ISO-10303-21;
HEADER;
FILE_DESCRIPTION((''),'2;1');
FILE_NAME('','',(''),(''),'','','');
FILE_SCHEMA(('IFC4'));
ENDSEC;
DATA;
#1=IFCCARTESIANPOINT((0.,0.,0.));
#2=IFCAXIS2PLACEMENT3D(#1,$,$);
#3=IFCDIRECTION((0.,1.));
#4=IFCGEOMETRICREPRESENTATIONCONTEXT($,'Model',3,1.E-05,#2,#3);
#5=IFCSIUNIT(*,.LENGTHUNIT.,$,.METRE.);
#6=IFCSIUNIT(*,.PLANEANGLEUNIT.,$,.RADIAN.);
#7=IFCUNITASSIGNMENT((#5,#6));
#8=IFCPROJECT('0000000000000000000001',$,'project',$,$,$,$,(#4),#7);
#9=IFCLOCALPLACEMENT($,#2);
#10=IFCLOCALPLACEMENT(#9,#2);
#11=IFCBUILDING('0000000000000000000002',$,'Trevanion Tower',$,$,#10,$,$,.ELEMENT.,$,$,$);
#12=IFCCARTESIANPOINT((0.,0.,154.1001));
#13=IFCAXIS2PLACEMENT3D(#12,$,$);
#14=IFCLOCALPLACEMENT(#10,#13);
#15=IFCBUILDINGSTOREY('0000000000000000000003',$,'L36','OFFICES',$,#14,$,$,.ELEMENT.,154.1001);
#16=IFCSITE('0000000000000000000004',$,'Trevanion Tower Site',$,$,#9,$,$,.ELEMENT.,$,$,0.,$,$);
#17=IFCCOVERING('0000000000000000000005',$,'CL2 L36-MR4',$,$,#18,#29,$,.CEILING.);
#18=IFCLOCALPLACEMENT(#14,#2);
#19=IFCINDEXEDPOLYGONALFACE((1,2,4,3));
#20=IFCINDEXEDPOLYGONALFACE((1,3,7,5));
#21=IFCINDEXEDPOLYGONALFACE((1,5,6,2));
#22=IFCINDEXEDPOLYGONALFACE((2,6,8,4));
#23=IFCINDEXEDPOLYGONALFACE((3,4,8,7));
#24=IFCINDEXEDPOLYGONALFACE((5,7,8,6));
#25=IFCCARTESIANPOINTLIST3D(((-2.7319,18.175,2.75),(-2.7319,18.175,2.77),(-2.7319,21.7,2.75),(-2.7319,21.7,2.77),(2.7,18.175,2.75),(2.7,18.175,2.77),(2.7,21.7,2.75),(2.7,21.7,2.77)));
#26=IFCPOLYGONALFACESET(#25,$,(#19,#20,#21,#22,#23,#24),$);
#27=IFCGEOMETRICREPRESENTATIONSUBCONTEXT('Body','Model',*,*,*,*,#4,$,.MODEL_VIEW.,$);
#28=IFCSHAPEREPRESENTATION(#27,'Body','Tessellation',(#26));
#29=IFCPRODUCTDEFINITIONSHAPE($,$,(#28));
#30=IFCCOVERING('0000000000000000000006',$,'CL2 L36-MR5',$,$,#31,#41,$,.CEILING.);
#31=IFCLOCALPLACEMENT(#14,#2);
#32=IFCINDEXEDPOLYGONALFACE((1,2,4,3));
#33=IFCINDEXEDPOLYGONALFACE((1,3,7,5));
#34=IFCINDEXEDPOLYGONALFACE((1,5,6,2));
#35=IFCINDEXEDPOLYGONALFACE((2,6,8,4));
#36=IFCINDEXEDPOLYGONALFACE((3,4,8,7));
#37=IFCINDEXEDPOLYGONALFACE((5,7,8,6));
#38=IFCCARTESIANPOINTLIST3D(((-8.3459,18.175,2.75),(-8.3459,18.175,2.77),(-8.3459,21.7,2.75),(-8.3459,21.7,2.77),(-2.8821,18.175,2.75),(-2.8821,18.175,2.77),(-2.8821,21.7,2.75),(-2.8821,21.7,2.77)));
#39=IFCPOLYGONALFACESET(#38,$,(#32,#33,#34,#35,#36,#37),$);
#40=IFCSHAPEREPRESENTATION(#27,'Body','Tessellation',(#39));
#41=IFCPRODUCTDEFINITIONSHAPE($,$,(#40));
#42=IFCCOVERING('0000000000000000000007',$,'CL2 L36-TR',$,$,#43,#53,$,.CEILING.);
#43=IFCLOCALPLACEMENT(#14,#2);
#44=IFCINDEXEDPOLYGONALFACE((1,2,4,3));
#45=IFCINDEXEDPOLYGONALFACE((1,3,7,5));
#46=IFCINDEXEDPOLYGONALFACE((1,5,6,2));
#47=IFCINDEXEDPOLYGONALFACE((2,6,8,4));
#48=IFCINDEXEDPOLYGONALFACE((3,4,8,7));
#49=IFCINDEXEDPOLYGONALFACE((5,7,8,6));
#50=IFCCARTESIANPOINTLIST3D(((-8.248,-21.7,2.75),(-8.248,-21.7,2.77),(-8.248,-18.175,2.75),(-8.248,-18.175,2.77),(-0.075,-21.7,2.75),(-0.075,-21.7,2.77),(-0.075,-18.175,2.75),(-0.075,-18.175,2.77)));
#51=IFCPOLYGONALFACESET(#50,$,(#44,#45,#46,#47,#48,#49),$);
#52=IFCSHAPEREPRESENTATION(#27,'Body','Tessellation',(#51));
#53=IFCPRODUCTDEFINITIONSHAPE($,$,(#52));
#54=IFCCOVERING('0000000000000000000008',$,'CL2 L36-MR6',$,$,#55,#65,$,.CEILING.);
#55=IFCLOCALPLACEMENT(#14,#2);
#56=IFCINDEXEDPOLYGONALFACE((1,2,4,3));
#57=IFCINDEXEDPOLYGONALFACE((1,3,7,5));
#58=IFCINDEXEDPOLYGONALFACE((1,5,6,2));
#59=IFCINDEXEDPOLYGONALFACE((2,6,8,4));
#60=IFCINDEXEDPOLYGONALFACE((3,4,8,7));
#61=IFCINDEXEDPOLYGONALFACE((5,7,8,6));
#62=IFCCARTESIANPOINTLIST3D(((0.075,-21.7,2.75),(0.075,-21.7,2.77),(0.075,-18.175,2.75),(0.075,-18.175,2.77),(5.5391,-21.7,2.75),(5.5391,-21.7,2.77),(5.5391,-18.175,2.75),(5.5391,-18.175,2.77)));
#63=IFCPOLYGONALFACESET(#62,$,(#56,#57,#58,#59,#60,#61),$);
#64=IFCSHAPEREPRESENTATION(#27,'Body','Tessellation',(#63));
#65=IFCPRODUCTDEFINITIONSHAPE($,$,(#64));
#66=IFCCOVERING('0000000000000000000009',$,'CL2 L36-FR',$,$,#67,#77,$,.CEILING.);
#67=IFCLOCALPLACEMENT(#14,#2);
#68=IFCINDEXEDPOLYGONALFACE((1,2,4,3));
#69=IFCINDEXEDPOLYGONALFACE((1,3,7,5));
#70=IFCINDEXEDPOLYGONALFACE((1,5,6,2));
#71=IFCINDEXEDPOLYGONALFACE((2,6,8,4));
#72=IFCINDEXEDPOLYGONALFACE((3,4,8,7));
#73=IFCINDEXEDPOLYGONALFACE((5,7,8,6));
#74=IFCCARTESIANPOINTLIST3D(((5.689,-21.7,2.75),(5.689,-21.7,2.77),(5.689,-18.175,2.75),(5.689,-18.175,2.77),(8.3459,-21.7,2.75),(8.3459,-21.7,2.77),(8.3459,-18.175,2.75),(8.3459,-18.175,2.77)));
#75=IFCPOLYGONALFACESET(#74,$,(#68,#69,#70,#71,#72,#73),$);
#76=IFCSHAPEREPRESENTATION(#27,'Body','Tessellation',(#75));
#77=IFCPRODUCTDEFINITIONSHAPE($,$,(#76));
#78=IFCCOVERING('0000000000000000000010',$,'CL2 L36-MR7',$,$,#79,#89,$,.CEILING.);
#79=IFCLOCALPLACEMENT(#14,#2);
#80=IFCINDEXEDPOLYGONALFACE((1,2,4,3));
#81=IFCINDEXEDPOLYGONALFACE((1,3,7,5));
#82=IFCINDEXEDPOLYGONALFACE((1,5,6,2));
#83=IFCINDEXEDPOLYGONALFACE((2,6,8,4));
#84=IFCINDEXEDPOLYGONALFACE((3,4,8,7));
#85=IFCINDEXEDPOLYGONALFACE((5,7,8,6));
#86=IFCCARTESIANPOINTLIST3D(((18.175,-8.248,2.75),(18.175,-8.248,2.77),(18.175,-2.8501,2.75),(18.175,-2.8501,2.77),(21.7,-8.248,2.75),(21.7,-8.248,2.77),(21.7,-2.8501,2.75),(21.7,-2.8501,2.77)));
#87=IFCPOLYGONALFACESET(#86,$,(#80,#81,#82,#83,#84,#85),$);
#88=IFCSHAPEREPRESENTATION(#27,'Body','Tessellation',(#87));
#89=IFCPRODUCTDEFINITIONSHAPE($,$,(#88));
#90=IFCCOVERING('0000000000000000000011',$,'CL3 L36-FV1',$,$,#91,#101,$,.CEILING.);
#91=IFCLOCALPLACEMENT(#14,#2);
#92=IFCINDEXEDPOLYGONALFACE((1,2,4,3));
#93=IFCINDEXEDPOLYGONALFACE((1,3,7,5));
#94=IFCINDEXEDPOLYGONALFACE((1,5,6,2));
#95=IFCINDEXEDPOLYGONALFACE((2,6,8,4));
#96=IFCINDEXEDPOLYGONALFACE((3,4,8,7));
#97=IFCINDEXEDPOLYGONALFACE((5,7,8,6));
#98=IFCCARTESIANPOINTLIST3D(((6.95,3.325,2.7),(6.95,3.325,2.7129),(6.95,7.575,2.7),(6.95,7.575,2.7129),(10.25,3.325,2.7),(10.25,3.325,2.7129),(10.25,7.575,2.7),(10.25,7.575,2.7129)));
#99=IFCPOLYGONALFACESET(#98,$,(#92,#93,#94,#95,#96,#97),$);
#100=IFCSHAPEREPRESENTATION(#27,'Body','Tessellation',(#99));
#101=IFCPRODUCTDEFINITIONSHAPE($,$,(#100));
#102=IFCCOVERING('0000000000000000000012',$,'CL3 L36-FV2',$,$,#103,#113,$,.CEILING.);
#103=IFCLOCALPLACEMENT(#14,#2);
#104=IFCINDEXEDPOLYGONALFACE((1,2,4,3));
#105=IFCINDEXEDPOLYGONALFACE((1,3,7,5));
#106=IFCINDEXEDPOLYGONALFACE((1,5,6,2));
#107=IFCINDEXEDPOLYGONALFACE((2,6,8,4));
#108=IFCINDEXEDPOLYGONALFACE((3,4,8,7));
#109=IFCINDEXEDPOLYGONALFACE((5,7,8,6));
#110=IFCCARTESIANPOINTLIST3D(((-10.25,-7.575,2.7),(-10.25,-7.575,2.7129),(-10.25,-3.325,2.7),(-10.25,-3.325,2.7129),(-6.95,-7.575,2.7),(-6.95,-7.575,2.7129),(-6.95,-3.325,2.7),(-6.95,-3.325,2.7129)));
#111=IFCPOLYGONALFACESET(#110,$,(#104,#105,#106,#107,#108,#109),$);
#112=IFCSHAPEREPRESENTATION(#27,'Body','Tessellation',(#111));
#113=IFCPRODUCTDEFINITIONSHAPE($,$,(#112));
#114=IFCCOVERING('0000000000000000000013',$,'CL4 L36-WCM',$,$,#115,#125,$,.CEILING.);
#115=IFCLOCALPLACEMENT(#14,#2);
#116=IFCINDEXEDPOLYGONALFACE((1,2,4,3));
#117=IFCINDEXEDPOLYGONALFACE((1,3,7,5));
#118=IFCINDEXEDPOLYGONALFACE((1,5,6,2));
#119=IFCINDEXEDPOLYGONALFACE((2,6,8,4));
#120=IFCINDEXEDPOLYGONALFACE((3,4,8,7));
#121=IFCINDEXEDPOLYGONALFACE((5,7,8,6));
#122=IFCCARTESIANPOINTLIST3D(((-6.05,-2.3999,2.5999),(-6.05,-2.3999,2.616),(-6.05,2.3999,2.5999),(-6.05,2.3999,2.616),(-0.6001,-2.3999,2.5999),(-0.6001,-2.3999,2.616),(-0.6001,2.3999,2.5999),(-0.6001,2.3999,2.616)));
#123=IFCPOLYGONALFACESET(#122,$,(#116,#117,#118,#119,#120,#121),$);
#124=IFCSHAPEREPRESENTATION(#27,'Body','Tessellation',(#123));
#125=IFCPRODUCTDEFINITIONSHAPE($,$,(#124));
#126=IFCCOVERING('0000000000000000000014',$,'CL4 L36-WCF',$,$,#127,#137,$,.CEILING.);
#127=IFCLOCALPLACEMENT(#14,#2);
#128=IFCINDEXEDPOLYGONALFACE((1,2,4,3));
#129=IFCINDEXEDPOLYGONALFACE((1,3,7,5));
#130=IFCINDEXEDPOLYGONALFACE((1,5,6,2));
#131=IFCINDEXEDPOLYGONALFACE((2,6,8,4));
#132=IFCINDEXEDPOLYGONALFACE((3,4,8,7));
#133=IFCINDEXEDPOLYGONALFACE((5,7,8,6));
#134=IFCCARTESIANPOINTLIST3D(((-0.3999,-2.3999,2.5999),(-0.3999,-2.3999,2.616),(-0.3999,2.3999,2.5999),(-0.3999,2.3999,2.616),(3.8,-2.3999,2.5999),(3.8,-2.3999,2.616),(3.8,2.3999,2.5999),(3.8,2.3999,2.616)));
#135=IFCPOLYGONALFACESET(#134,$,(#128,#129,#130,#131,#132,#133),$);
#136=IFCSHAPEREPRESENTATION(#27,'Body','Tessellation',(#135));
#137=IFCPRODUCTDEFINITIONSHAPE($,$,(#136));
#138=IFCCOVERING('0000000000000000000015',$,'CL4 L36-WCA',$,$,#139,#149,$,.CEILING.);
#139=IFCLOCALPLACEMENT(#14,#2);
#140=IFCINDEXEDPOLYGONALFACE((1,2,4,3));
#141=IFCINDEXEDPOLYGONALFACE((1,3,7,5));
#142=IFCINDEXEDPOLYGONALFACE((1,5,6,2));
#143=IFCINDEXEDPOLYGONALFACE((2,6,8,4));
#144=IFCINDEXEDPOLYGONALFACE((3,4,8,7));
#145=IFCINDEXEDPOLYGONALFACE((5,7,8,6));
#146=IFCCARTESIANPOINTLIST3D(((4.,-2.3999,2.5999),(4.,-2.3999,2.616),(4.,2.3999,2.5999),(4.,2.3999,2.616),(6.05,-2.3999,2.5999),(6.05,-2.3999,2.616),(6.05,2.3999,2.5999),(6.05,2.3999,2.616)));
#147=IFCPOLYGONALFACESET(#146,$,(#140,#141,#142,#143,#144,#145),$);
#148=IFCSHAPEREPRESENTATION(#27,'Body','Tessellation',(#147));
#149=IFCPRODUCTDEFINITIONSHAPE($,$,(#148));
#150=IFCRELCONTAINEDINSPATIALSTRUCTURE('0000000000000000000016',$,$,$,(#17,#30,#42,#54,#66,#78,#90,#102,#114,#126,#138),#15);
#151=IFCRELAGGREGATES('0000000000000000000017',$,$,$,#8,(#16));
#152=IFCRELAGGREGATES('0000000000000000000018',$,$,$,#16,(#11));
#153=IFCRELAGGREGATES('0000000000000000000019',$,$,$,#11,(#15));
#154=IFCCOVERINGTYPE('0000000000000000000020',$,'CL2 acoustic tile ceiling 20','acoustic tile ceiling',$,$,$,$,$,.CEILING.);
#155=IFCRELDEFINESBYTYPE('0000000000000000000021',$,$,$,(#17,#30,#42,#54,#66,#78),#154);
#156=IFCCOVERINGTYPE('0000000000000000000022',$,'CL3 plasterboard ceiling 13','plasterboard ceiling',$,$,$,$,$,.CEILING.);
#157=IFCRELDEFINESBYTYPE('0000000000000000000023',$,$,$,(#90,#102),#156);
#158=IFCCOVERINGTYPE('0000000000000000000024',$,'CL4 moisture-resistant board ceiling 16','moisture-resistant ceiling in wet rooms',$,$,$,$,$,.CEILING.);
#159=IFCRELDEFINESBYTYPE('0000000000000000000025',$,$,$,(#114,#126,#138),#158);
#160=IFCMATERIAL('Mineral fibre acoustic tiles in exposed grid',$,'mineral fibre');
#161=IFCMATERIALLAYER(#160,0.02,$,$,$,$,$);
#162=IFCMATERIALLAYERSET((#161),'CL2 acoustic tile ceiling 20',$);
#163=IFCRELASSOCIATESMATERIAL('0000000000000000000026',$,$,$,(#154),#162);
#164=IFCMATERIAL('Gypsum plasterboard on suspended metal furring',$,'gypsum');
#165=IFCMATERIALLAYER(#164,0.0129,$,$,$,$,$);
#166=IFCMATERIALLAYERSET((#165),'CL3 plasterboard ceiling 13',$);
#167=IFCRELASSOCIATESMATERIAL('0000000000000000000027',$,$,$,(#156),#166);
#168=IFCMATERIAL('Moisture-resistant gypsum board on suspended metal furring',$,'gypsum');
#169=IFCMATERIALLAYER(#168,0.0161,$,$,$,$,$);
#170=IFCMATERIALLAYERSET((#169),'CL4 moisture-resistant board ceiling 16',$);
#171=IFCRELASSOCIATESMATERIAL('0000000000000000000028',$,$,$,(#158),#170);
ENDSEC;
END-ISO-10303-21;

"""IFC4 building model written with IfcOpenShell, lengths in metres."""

from ifc_helpers import new_model, si_unit, direction, frame, origin, place, context, subcontext, project, spatial, polyline, outline, extrude, material, layer, layer_set, type_object, element, save


model = new_model("IFC4")

# Units and contexts
model_context = context("Model", 3, precision=1e-05, world=origin(), true_north=direction((0.0, 1.0)))
body_context = subcontext(model_context, "Body", "Model", "MODEL_VIEW")
ifc_project = project(units=[si_unit("LENGTHUNIT", "METRE"), si_unit("PLANEANGLEUNIT", "RADIAN")], contexts=[model_context])

# Site, building, storey
site_placement = place(None, origin())
site = spatial("IfcSite", under=ifc_project, at=site_placement, Name="Trevanion Tower Site", CompositionType="ELEMENT", RefElevation=0.0)
building_placement = place(site_placement, origin())
building = spatial("IfcBuilding", under=site, at=building_placement, Name="Trevanion Tower", CompositionType="ELEMENT")
storey_placement = place(building_placement, frame((0.0, 0.0, 154.1001)))
storey = spatial("IfcBuildingStorey", under=building, at=storey_placement, Name="L36", Description="OFFICES", CompositionType="ELEMENT", Elevation=154.1001)

# Coverings
ifc_material_1 = material(Name="Mineral fibre acoustic tiles in exposed grid", Category="mineral fibre")
ifc_layer_1 = layer(ifc_material_1, 0.02)
ifc_layer_set_1 = layer_set([ifc_layer_1], Name="CL2 acoustic tile ceiling 20")
covering_type_1 = type_object("IfcCoveringType", Name="CL2 acoustic tile ceiling 20", Description="acoustic tile ceiling", PredefinedType="CEILING", material=ifc_layer_set_1)
covering_1_placement = place(storey_placement, frame((0.0, 0.0, 2.75)))
element("IfcCovering", 1, at=covering_1_placement, inside=storey, type_object=covering_type_1, Name="CL2 L36-MR4", PredefinedType="CEILING", context=body_context, shape_type="SweptSolid", body=[
    extrude(outline(polyline([(2.7, 18.175), (-2.7319, 18.175), (-2.7319, 21.7), (2.7, 21.7), (2.7, 18.175)])), origin(), (0.0, 0.0, 1.0), 0.02),
])
covering_2_placement = place(storey_placement, frame((0.0, 0.0, 2.75)))
element("IfcCovering", 2, at=covering_2_placement, inside=storey, type_object=covering_type_1, Name="CL2 L36-MR5", PredefinedType="CEILING", context=body_context, shape_type="SweptSolid", body=[
    extrude(outline(polyline([(-2.8821, 18.175), (-8.3459, 18.175), (-8.3459, 21.7), (-2.8821, 21.7), (-2.8821, 18.175)])), origin(), (0.0, 0.0, 1.0), 0.02),
])
covering_3_placement = place(storey_placement, frame((0.0, 0.0, 2.75)))
element("IfcCovering", 3, at=covering_3_placement, inside=storey, type_object=covering_type_1, Name="CL2 L36-TR", PredefinedType="CEILING", context=body_context, shape_type="SweptSolid", body=[
    extrude(outline(polyline([(-8.248, -18.175), (-0.075, -18.175), (-0.075, -21.7), (-8.248, -21.7), (-8.248, -18.175)])), origin(), (0.0, 0.0, 1.0), 0.02),
])
covering_4_placement = place(storey_placement, frame((0.0, 0.0, 2.75)))
element("IfcCovering", 4, at=covering_4_placement, inside=storey, type_object=covering_type_1, Name="CL2 L36-MR6", PredefinedType="CEILING", context=body_context, shape_type="SweptSolid", body=[
    extrude(outline(polyline([(0.075, -18.175), (5.5391, -18.175), (5.5391, -21.7), (0.075, -21.7), (0.075, -18.175)])), origin(), (0.0, 0.0, 1.0), 0.02),
])
covering_5_placement = place(storey_placement, frame((0.0, 0.0, 2.75)))
element("IfcCovering", 5, at=covering_5_placement, inside=storey, type_object=covering_type_1, Name="CL2 L36-FR", PredefinedType="CEILING", context=body_context, shape_type="SweptSolid", body=[
    extrude(outline(polyline([(5.689, -18.175), (8.3459, -18.175), (8.3459, -21.7), (5.689, -21.7), (5.689, -18.175)])), origin(), (0.0, 0.0, 1.0), 0.02),
])
covering_6_placement = place(storey_placement, frame((0.0, 0.0, 2.75)))
element("IfcCovering", 6, at=covering_6_placement, inside=storey, type_object=covering_type_1, Name="CL2 L36-MR7", PredefinedType="CEILING", context=body_context, shape_type="SweptSolid", body=[
    extrude(outline(polyline([(18.175, -8.248), (18.175, -2.8501), (21.7, -2.8501), (21.7, -8.248), (18.175, -8.248)])), origin(), (0.0, 0.0, 1.0), 0.02),
])
ifc_material_2 = material(Name="Gypsum plasterboard on suspended metal furring", Category="gypsum")
ifc_layer_2 = layer(ifc_material_2, 0.0129)
ifc_layer_set_2 = layer_set([ifc_layer_2], Name="CL3 plasterboard ceiling 13")
covering_type_2 = type_object("IfcCoveringType", Name="CL3 plasterboard ceiling 13", Description="plasterboard ceiling", PredefinedType="CEILING", material=ifc_layer_set_2)
covering_7_placement = place(storey_placement, frame((0.0, 0.0, 2.7)))
element("IfcCovering", 7, at=covering_7_placement, inside=storey, type_object=covering_type_2, Name="CL3 L36-FV1", PredefinedType="CEILING", context=body_context, shape_type="SweptSolid", body=[
    extrude(outline(polyline([(10.25, 3.325), (10.25, 7.575), (6.95, 7.575), (6.95, 3.325), (10.25, 3.325)])), origin(), (0.0, 0.0, 1.0), 0.0129),
])
covering_8_placement = place(storey_placement, frame((0.0, 0.0, 2.7)))
element("IfcCovering", 8, at=covering_8_placement, inside=storey, type_object=covering_type_2, Name="CL3 L36-FV2", PredefinedType="CEILING", context=body_context, shape_type="SweptSolid", body=[
    extrude(outline(polyline([(-10.25, -3.325), (-10.25, -7.575), (-6.95, -7.575), (-6.95, -3.325), (-10.25, -3.325)])), origin(), (0.0, 0.0, 1.0), 0.0129),
])
ifc_material_3 = material(Name="Moisture-resistant gypsum board on suspended metal furring", Category="gypsum")
ifc_layer_3 = layer(ifc_material_3, 0.0161)
ifc_layer_set_3 = layer_set([ifc_layer_3], Name="CL4 moisture-resistant board ceiling 16")
covering_type_3 = type_object("IfcCoveringType", Name="CL4 moisture-resistant board ceiling 16", Description="moisture-resistant ceiling in wet rooms", PredefinedType="CEILING", material=ifc_layer_set_3)
covering_9_placement = place(storey_placement, frame((0.0, 0.0, 2.5999)))
element("IfcCovering", 9, at=covering_9_placement, inside=storey, type_object=covering_type_3, Name="CL4 L36-WCM", PredefinedType="CEILING", context=body_context, shape_type="SweptSolid", body=[
    extrude(outline(polyline([(-0.6001, -2.3999), (-0.6001, 2.3999), (-6.05, 2.3999), (-6.05, -2.3999), (-0.6001, -2.3999)])), origin(), (0.0, 0.0, 1.0), 0.0161),
])
covering_10_placement = place(storey_placement, frame((0.0, 0.0, 2.5999)))
element("IfcCovering", 10, at=covering_10_placement, inside=storey, type_object=covering_type_3, Name="CL4 L36-WCF", PredefinedType="CEILING", context=body_context, shape_type="SweptSolid", body=[
    extrude(outline(polyline([(3.8, -2.3999), (3.8, 2.3999), (-0.3999, 2.3999), (-0.3999, -2.3999), (3.8, -2.3999)])), origin(), (0.0, 0.0, 1.0), 0.0161),
])
covering_11_placement = place(storey_placement, frame((0.0, 0.0, 2.5999)))
element("IfcCovering", 11, at=covering_11_placement, inside=storey, type_object=covering_type_3, Name="CL4 L36-WCA", PredefinedType="CEILING", context=body_context, shape_type="SweptSolid", body=[
    extrude(outline(polyline([(6.05, -2.3999), (6.05, 2.3999), (4.0, 2.3999), (4.0, -2.3999), (6.05, -2.3999)])), origin(), (0.0, 0.0, 1.0), 0.0161),
])

save(model, "model.ifc")
